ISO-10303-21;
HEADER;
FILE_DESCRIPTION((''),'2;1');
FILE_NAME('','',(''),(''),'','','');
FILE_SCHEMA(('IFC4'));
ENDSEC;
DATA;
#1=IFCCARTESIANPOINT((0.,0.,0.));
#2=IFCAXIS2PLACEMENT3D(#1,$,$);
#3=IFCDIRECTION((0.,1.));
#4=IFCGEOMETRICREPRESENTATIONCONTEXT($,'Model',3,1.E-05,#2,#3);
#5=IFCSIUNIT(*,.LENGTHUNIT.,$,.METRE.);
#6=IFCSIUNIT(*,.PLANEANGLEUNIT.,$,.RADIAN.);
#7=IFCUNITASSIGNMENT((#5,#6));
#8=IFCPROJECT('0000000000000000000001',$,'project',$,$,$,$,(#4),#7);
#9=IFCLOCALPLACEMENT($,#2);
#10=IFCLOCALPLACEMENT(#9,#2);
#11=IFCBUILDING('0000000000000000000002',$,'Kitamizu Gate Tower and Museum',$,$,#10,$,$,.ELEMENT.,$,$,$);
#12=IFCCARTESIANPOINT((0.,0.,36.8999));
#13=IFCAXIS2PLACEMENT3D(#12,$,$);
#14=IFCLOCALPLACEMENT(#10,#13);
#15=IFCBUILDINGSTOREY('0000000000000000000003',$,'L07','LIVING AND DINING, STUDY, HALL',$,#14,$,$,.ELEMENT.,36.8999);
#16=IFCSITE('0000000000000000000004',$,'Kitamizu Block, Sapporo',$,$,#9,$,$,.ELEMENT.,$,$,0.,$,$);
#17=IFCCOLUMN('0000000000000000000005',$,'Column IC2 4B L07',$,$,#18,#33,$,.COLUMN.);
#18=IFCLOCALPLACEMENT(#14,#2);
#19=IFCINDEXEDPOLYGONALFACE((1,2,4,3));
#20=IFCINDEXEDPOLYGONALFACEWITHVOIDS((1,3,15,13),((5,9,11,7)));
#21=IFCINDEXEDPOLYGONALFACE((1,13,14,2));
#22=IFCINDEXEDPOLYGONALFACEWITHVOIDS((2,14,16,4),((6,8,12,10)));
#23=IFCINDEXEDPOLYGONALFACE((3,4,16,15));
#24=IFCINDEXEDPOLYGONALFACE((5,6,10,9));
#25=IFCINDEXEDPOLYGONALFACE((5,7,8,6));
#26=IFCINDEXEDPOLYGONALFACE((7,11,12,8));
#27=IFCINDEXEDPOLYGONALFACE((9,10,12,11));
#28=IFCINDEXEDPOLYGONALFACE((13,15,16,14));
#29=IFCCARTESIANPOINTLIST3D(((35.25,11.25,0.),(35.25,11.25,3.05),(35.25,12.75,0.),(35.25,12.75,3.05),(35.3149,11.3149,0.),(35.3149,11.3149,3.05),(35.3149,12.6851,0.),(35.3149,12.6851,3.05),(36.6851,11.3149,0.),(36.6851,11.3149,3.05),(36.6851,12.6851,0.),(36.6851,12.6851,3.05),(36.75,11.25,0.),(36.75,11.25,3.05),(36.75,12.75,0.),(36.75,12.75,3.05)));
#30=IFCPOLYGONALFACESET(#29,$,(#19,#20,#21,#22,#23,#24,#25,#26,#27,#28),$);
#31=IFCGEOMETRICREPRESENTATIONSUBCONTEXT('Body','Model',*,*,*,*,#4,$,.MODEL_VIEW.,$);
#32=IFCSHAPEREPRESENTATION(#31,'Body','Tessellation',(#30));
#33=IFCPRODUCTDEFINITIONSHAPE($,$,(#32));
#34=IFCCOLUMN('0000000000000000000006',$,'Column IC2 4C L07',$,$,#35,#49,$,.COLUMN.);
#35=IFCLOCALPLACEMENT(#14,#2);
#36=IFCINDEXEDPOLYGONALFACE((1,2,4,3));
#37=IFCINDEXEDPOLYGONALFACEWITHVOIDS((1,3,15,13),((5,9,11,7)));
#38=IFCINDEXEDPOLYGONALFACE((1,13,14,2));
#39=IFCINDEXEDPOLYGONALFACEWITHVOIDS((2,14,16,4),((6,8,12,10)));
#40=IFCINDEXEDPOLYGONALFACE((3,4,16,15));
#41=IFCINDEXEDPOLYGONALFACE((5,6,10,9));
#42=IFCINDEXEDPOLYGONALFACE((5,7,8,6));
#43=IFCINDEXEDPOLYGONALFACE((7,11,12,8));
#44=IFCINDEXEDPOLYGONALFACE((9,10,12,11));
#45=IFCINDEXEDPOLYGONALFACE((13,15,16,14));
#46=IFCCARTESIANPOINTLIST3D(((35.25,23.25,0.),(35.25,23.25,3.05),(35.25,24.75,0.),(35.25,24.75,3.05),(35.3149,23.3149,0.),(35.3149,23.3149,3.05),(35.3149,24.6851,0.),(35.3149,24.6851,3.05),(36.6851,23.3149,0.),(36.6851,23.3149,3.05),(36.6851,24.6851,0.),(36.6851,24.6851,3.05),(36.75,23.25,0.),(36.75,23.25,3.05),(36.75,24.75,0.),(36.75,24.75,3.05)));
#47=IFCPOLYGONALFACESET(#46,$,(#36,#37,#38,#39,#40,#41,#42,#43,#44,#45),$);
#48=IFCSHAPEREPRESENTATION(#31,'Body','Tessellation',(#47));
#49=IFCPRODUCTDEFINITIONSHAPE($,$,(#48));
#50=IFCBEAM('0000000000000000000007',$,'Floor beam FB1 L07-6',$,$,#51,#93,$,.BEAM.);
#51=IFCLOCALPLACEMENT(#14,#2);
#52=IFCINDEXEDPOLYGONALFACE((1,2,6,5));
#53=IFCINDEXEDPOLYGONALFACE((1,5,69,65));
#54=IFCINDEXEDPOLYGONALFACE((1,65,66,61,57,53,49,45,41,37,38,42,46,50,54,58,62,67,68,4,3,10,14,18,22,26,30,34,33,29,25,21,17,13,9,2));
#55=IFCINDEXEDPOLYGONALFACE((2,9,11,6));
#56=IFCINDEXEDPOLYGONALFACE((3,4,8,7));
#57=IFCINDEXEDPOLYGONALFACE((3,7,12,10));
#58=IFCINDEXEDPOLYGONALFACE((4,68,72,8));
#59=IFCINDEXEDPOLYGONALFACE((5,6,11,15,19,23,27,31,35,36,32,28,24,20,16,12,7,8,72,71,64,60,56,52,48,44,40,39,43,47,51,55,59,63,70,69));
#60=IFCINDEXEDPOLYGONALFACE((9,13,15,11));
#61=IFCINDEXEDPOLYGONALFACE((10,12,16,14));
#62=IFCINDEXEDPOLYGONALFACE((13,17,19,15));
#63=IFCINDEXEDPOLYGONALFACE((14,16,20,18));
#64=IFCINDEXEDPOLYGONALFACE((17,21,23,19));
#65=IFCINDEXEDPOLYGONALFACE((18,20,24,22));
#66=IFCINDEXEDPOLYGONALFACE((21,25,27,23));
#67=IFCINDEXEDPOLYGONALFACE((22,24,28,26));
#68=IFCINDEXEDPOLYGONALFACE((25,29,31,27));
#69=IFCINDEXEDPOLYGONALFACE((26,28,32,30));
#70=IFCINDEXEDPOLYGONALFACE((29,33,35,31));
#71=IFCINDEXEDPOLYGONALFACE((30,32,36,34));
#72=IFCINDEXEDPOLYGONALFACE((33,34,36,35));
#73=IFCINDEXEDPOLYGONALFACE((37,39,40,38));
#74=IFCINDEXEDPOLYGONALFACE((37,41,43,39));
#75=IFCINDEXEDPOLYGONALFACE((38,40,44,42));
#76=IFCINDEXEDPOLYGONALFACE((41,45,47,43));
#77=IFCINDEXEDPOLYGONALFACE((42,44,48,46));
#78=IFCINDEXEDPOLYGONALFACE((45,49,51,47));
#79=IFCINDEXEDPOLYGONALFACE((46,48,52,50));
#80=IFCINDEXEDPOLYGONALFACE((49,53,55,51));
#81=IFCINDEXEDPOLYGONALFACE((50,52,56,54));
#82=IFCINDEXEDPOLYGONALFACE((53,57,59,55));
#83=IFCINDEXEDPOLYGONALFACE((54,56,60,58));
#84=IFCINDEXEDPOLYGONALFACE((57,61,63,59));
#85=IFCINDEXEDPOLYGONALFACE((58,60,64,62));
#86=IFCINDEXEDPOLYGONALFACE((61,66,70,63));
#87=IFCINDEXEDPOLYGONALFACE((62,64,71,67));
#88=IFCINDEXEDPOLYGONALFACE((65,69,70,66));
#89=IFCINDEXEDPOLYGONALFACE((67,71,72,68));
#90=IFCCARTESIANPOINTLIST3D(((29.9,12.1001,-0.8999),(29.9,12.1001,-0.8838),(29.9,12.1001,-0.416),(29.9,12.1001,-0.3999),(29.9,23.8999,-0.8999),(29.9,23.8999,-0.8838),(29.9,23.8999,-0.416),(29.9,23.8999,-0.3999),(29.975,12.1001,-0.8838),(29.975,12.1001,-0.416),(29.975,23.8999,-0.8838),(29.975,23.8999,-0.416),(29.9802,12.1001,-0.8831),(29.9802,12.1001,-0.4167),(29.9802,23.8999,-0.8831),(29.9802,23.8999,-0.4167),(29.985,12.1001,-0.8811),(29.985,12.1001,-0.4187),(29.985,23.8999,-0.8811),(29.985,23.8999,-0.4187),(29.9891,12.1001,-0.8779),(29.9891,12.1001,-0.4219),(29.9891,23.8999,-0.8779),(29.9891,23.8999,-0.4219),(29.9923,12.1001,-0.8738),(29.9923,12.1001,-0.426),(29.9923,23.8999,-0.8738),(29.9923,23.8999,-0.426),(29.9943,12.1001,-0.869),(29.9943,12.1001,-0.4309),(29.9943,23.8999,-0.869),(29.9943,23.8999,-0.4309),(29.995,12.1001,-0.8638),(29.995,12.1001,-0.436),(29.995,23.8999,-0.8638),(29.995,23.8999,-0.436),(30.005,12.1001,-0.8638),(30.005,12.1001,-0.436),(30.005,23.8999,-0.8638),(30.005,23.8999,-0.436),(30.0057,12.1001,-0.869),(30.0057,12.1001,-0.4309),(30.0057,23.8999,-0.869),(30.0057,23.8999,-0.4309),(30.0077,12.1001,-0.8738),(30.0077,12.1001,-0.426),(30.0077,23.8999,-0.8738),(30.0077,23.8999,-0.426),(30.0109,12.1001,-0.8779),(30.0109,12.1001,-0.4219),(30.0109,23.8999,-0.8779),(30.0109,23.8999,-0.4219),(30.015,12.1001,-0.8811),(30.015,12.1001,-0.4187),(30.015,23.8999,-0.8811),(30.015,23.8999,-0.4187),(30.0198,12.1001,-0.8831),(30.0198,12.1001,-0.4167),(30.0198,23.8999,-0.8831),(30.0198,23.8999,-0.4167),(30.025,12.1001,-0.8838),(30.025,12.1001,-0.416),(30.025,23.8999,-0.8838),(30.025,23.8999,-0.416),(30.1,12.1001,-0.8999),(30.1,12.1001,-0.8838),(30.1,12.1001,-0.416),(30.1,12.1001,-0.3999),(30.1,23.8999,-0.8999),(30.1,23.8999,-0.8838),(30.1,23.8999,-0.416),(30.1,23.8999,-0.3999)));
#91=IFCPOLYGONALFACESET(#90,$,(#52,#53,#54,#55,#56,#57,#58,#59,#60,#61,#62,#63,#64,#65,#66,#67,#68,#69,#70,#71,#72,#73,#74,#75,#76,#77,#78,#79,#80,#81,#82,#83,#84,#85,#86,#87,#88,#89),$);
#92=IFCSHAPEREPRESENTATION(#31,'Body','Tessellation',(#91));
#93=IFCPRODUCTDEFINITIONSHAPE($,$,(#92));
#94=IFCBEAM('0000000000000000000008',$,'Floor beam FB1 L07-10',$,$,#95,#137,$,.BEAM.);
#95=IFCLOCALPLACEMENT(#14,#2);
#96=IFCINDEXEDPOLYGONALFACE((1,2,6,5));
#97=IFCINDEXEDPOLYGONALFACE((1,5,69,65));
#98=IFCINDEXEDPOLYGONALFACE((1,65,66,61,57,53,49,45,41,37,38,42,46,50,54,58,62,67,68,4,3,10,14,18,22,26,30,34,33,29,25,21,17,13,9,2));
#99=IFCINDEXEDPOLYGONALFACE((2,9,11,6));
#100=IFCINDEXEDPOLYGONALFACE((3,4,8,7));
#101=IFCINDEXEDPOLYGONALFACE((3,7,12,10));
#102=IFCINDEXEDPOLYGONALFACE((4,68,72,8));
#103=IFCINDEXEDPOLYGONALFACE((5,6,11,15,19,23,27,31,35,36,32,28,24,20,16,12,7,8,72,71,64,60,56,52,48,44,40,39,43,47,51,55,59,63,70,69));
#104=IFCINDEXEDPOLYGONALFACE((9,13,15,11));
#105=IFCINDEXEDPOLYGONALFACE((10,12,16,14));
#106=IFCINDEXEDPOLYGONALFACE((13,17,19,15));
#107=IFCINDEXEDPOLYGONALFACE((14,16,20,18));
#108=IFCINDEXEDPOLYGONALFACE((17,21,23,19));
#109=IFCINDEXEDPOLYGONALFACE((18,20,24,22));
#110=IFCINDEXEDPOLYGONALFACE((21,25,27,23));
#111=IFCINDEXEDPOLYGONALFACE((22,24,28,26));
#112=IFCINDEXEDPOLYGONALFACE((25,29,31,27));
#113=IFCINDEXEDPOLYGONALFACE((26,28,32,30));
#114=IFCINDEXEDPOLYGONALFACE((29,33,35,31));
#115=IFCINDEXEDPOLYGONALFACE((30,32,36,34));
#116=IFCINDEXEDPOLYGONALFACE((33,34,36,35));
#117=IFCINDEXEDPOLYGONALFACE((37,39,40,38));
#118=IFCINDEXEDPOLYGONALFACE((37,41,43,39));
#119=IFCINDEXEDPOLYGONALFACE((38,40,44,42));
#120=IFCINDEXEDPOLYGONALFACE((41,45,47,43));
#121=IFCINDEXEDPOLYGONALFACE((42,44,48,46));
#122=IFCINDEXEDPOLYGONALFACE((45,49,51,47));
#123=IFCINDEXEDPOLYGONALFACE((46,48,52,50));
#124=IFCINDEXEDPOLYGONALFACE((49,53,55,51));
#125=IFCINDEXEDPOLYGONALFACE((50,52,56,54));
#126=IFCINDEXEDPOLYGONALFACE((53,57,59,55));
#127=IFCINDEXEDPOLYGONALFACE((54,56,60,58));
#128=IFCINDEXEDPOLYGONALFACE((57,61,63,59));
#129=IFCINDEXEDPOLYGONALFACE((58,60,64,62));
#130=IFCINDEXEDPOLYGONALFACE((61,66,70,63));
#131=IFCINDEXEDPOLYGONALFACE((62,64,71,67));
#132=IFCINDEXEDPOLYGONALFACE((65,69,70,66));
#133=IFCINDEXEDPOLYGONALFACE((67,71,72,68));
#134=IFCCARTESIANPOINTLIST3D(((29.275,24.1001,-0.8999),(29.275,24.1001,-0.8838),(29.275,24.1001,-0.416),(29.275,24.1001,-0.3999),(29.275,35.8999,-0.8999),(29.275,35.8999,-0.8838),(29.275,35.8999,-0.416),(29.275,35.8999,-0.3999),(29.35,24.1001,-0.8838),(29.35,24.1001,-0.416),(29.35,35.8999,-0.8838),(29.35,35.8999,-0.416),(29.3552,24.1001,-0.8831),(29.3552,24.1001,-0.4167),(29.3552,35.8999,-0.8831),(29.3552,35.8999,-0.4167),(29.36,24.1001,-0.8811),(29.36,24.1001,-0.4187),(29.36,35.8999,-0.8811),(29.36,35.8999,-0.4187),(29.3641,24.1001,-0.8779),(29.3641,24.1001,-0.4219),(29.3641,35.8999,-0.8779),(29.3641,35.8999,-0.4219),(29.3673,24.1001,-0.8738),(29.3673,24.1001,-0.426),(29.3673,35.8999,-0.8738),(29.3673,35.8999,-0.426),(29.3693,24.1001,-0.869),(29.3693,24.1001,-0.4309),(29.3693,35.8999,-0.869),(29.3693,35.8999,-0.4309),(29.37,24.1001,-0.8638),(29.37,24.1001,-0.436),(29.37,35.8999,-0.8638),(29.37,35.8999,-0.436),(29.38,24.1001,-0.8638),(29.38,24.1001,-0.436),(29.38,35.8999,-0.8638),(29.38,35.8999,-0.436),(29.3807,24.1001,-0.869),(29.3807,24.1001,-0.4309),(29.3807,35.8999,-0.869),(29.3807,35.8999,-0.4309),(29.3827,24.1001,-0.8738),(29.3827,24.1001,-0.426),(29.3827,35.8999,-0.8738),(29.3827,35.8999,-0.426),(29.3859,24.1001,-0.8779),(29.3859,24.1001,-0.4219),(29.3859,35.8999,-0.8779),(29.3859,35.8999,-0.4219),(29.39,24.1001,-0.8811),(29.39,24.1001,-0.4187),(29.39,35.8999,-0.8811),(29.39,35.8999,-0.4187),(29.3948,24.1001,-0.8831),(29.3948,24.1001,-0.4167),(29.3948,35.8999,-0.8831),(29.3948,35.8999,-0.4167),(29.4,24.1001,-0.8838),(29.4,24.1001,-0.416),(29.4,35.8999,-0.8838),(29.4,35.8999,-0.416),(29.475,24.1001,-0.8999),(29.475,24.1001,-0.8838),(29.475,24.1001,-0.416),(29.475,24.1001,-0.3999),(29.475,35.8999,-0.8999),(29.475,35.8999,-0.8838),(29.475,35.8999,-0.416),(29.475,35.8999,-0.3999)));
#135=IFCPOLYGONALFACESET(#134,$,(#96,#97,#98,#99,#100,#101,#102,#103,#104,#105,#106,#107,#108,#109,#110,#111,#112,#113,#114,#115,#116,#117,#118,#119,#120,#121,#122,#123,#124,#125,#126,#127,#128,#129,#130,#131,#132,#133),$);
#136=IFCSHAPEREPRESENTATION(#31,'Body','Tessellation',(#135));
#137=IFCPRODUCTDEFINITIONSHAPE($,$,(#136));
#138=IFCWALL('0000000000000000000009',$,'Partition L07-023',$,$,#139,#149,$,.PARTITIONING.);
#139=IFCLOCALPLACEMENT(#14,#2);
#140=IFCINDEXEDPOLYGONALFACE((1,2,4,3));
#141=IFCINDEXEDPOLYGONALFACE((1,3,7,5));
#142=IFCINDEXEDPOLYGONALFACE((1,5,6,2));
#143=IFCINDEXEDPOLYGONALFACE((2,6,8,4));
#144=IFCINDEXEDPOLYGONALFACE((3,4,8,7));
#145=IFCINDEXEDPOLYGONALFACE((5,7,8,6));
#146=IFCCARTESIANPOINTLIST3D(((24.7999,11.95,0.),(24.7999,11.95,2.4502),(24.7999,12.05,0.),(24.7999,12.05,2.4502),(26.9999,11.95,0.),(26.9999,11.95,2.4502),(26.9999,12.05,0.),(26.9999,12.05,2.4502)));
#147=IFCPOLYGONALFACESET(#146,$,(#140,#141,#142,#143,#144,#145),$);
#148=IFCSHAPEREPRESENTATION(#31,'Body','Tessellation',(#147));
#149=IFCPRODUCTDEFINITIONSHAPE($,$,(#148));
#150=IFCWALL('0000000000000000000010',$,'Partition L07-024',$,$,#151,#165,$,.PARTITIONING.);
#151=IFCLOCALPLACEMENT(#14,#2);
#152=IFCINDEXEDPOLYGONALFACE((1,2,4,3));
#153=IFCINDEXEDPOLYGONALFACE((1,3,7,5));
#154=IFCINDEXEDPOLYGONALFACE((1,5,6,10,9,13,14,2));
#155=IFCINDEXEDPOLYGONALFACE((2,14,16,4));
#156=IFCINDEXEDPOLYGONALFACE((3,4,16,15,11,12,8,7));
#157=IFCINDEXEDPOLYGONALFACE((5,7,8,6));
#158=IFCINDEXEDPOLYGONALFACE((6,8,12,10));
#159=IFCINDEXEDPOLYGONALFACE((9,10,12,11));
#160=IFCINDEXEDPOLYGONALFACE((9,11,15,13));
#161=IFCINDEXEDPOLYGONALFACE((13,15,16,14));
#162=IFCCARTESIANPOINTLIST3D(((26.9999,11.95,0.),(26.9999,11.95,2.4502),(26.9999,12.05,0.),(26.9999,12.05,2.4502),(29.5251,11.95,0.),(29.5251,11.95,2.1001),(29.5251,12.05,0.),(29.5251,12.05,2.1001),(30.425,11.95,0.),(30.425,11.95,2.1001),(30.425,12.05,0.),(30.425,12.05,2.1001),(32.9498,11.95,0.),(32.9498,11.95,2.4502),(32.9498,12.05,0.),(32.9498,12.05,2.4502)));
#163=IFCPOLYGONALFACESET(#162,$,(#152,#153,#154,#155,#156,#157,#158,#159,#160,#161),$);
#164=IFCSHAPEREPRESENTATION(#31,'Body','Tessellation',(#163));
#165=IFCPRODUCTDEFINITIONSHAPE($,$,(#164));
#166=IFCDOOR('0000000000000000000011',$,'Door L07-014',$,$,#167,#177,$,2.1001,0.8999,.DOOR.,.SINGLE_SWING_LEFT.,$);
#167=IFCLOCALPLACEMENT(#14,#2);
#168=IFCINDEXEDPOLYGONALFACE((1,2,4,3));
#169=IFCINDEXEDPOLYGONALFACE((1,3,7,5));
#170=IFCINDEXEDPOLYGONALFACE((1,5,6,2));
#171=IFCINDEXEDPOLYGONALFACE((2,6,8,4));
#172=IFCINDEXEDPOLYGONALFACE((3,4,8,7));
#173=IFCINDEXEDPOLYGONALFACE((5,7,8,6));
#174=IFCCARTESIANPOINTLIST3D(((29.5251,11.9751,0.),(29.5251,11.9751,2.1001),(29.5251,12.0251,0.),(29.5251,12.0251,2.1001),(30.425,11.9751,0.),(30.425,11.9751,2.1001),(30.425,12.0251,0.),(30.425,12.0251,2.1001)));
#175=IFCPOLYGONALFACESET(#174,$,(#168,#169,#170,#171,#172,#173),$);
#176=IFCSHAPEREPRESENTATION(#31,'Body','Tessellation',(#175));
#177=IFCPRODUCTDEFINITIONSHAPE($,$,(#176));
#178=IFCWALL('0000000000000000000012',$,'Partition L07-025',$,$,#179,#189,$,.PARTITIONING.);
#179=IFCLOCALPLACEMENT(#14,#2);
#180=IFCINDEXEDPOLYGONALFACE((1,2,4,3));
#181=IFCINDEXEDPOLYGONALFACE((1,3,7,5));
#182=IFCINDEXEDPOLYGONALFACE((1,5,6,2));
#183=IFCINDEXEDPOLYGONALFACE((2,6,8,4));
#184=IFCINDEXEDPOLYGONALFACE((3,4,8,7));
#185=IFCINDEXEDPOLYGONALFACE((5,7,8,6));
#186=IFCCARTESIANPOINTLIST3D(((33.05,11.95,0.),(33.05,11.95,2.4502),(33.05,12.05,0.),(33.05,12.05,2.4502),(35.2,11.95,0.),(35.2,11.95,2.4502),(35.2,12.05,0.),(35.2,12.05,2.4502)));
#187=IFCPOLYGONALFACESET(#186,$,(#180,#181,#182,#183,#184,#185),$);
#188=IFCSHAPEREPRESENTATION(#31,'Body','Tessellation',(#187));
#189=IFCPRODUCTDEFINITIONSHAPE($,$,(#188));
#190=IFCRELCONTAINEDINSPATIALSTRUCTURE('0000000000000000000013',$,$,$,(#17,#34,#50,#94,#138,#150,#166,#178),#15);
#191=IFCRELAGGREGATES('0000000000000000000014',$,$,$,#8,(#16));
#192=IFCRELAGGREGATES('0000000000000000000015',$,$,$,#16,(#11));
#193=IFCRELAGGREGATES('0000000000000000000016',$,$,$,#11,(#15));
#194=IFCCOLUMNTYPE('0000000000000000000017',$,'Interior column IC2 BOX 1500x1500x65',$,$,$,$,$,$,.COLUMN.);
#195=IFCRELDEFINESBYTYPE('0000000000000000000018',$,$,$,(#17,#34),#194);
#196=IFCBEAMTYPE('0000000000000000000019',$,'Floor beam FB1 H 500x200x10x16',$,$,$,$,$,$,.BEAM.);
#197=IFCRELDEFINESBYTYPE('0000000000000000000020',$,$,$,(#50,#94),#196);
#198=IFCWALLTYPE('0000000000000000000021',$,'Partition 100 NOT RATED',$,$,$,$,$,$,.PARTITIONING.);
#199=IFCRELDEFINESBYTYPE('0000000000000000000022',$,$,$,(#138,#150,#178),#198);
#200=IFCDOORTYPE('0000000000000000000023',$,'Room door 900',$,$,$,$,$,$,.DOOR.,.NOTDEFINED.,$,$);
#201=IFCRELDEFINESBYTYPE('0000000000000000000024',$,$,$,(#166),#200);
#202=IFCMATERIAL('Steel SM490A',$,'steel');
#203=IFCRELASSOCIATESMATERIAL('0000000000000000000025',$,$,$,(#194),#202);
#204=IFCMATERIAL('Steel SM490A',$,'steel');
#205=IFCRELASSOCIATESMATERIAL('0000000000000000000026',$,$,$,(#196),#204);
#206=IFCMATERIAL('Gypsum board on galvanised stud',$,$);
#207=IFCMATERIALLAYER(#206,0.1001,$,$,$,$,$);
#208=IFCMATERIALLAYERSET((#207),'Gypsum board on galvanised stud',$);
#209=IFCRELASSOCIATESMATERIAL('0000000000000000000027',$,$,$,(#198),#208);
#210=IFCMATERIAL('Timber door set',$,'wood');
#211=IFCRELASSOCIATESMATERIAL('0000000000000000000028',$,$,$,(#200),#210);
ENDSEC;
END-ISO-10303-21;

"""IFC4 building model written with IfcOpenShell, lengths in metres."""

from ifc_helpers import new_model, si_unit, direction, frame, frame_2d, origin, origin_2d, place, context, subcontext, project, spatial, rectangle, hollow_rectangle, i_section, extrude, material, layer, layer_set, material_profile, profile_set, type_object, element, fill, save


model = new_model("IFC4")

# Units and contexts
model_context = context("Model", 3, precision=1e-05, world=origin(), true_north=direction((0.0, 1.0)))
body_context = subcontext(model_context, "Body", "Model", "MODEL_VIEW")
ifc_project = project(units=[si_unit("LENGTHUNIT", "METRE"), si_unit("PLANEANGLEUNIT", "RADIAN")], contexts=[model_context])

# Site, building, storey
site_placement = place(None, origin())
site = spatial("IfcSite", under=ifc_project, at=site_placement, Name="Kitamizu Block, Sapporo", CompositionType="ELEMENT", RefElevation=0.0)
building_placement = place(site_placement, origin())
building = spatial("IfcBuilding", under=site, at=building_placement, Name="Kitamizu Gate Tower and Museum", CompositionType="ELEMENT")
storey_placement = place(building_placement, frame((0.0, 0.0, 36.8999)))
storey = spatial("IfcBuildingStorey", under=building, at=storey_placement, Name="L07", Description="LIVING AND DINING, STUDY, HALL", CompositionType="ELEMENT", Elevation=36.8999)

# Columns
ifc_material_1 = material(Name="Steel SM490A", Category="steel")
ifc_material_profile_1 = material_profile(ifc_material_1, hollow_rectangle(XDim=1.5, YDim=1.5, WallThickness=0.0649, at=origin_2d()), Name="BOX 1500x1500x65")
ifc_profile_set_1 = profile_set([ifc_material_profile_1], Name="Steel SM490A")
column_type = type_object("IfcColumnType", Name="Interior column IC2 BOX 1500x1500x65", PredefinedType="COLUMN", material=ifc_profile_set_1)
for number, where, z_axis, x_axis, name in (
    (1, (36.0, 12.0, 0.0), (0.0, 0.0, 1.0), (1.0, 0.0, 0.0), "Column IC2 4B L07"),
    (2, (36.0, 24.0, 0.0), (0.0, 0.0, 1.0), (1.0, 0.0, 0.0), "Column IC2 4C L07"),
):
    element("IfcColumn", number, at=place(storey_placement, frame(where, z_axis=z_axis, x_axis=x_axis)), inside=storey, type_object=column_type, Name=name, PredefinedType="COLUMN", context=body_context, shape_type="SweptSolid", body=[
        extrude(hollow_rectangle(XDim=1.5, YDim=1.5, WallThickness=0.0649, at=origin_2d()), origin(), (0.0, 0.0, 1.0), 3.05),
    ])

# Beams
ifc_material_2 = material(Name="Steel SM490A", Category="steel")
ifc_material_profile_2 = material_profile(ifc_material_2, i_section(OverallWidth=0.2, OverallDepth=0.5, WebThickness=0.01, FlangeThickness=0.0161, FilletRadius=0.02, at=origin_2d()), Name="H-500x200x10x16")
ifc_profile_set_2 = profile_set([ifc_material_profile_2], Name="Steel SM490A")
beam_type = type_object("IfcBeamType", Name="Floor beam FB1 H 500x200x10x16", PredefinedType="BEAM", material=ifc_profile_set_2)
for number, where, z_axis, x_axis, name in (
    (3, (30.0, 12.1001, -0.6499), (0.0, 1.0, 0.0), (-1.0, 0.0, 0.0), "Floor beam FB1 L07-6"),
    (4, (29.375, 24.1001, -0.6499), (0.0, 1.0, 0.0), (-1.0, 0.0, 0.0), "Floor beam FB1 L07-10"),
):
    element("IfcBeam", number, at=place(storey_placement, frame(where, z_axis=z_axis, x_axis=x_axis)), inside=storey, type_object=beam_type, Name=name, PredefinedType="BEAM", context=body_context, shape_type="SweptSolid", body=[
        extrude(i_section(OverallWidth=0.2, OverallDepth=0.5, WebThickness=0.01, FlangeThickness=0.0161, FilletRadius=0.02, at=origin_2d()), origin(), (0.0, 0.0, 1.0), 11.7998),
    ])

# Wall
ifc_material_3 = material(Name="Gypsum board on galvanised stud")
ifc_layer = layer(ifc_material_3, 0.1001)
ifc_layer_set = layer_set([ifc_layer], Name="Gypsum board on galvanised stud")
wall_type = type_object("IfcWallType", Name="Partition 100 NOT RATED", PredefinedType="PARTITIONING", material=ifc_layer_set)
wall_1_placement = place(storey_placement, frame((27.0, 12.0, 0.0), z_axis=(0.0, 0.0, 1.0), x_axis=(-1.0, 0.0, 0.0)))
element("IfcWall", 5, at=wall_1_placement, inside=storey, type_object=wall_type, Name="Partition L07-023", PredefinedType="PARTITIONING", context=body_context, shape_type="SweptSolid", body=[
    extrude(rectangle(XDim=2.2, YDim=0.1001, at=frame_2d((1.1001, 0.0))), origin(), (0.0, 0.0, 1.0), 2.4502),
])

# Wall, opening, door
wall_2_placement = place(storey_placement, frame((32.95, 12.0, 0.0), z_axis=(0.0, 0.0, 1.0), x_axis=(-1.0, 0.0, 0.0)))
wall_2 = element("IfcWall", 6, at=wall_2_placement, inside=storey, type_object=wall_type, Name="Partition L07-024", PredefinedType="PARTITIONING", context=body_context, shape_type="SweptSolid", body=[
    extrude(rectangle(XDim=5.95, YDim=0.1001, at=frame_2d((2.9751, 0.0))), origin(), (0.0, 0.0, 1.0), 2.4502),
])
opening_1_placement = place(wall_2_placement, frame((2.5249, 0.0, 0.0)))
opening_1 = element("IfcOpeningElement", 7, at=opening_1_placement, cuts=wall_2, PredefinedType="OPENING", context=body_context, shape_type="SweptSolid", body=[
    extrude(rectangle(XDim=0.8999, YDim=2.1001, at=frame_2d((0.45, 1.05))), frame((0.0, 0.0601, 0.0), z_axis=(0.0, -1.0, 0.0), x_axis=(1.0, 0.0, 0.0)), (0.0, 0.0, 1.0), 0.1201),
])
ifc_material_4 = material(Name="Timber door set", Category="wood")
door_type = type_object("IfcDoorType", Name="Room door 900", OperationType="NOTDEFINED", PredefinedType="DOOR", material=ifc_material_4)
door_1_placement = place(opening_1_placement, origin())
door_1 = element("IfcDoor", 8, at=door_1_placement, inside=storey, type_object=door_type, Name="Door L07-014", OperationType="SINGLE_SWING_LEFT", OverallHeight=2.1001, OverallWidth=0.8999, PredefinedType="DOOR", context=body_context, shape_type="SweptSolid", body=[
    extrude(rectangle(XDim=0.8999, YDim=2.1001, at=frame_2d((0.45, 1.05))), frame((0.0, 0.0249, 0.0), z_axis=(0.0, -1.0, 0.0), x_axis=(1.0, 0.0, 0.0)), (0.0, 0.0, 1.0), 0.05),
])
fill(opening_1, door_1)

# Wall
wall_3_placement = place(storey_placement, frame((35.2, 12.0, 0.0), z_axis=(0.0, 0.0, 1.0), x_axis=(-1.0, 0.0, 0.0)))
element("IfcWall", 9, at=wall_3_placement, inside=storey, type_object=wall_type, Name="Partition L07-025", PredefinedType="PARTITIONING", context=body_context, shape_type="SweptSolid", body=[
    extrude(rectangle(XDim=2.1499, YDim=0.1001, at=frame_2d((1.075, 0.0))), origin(), (0.0, 0.0, 1.0), 2.4502),
])

save(model, "model.ifc")
